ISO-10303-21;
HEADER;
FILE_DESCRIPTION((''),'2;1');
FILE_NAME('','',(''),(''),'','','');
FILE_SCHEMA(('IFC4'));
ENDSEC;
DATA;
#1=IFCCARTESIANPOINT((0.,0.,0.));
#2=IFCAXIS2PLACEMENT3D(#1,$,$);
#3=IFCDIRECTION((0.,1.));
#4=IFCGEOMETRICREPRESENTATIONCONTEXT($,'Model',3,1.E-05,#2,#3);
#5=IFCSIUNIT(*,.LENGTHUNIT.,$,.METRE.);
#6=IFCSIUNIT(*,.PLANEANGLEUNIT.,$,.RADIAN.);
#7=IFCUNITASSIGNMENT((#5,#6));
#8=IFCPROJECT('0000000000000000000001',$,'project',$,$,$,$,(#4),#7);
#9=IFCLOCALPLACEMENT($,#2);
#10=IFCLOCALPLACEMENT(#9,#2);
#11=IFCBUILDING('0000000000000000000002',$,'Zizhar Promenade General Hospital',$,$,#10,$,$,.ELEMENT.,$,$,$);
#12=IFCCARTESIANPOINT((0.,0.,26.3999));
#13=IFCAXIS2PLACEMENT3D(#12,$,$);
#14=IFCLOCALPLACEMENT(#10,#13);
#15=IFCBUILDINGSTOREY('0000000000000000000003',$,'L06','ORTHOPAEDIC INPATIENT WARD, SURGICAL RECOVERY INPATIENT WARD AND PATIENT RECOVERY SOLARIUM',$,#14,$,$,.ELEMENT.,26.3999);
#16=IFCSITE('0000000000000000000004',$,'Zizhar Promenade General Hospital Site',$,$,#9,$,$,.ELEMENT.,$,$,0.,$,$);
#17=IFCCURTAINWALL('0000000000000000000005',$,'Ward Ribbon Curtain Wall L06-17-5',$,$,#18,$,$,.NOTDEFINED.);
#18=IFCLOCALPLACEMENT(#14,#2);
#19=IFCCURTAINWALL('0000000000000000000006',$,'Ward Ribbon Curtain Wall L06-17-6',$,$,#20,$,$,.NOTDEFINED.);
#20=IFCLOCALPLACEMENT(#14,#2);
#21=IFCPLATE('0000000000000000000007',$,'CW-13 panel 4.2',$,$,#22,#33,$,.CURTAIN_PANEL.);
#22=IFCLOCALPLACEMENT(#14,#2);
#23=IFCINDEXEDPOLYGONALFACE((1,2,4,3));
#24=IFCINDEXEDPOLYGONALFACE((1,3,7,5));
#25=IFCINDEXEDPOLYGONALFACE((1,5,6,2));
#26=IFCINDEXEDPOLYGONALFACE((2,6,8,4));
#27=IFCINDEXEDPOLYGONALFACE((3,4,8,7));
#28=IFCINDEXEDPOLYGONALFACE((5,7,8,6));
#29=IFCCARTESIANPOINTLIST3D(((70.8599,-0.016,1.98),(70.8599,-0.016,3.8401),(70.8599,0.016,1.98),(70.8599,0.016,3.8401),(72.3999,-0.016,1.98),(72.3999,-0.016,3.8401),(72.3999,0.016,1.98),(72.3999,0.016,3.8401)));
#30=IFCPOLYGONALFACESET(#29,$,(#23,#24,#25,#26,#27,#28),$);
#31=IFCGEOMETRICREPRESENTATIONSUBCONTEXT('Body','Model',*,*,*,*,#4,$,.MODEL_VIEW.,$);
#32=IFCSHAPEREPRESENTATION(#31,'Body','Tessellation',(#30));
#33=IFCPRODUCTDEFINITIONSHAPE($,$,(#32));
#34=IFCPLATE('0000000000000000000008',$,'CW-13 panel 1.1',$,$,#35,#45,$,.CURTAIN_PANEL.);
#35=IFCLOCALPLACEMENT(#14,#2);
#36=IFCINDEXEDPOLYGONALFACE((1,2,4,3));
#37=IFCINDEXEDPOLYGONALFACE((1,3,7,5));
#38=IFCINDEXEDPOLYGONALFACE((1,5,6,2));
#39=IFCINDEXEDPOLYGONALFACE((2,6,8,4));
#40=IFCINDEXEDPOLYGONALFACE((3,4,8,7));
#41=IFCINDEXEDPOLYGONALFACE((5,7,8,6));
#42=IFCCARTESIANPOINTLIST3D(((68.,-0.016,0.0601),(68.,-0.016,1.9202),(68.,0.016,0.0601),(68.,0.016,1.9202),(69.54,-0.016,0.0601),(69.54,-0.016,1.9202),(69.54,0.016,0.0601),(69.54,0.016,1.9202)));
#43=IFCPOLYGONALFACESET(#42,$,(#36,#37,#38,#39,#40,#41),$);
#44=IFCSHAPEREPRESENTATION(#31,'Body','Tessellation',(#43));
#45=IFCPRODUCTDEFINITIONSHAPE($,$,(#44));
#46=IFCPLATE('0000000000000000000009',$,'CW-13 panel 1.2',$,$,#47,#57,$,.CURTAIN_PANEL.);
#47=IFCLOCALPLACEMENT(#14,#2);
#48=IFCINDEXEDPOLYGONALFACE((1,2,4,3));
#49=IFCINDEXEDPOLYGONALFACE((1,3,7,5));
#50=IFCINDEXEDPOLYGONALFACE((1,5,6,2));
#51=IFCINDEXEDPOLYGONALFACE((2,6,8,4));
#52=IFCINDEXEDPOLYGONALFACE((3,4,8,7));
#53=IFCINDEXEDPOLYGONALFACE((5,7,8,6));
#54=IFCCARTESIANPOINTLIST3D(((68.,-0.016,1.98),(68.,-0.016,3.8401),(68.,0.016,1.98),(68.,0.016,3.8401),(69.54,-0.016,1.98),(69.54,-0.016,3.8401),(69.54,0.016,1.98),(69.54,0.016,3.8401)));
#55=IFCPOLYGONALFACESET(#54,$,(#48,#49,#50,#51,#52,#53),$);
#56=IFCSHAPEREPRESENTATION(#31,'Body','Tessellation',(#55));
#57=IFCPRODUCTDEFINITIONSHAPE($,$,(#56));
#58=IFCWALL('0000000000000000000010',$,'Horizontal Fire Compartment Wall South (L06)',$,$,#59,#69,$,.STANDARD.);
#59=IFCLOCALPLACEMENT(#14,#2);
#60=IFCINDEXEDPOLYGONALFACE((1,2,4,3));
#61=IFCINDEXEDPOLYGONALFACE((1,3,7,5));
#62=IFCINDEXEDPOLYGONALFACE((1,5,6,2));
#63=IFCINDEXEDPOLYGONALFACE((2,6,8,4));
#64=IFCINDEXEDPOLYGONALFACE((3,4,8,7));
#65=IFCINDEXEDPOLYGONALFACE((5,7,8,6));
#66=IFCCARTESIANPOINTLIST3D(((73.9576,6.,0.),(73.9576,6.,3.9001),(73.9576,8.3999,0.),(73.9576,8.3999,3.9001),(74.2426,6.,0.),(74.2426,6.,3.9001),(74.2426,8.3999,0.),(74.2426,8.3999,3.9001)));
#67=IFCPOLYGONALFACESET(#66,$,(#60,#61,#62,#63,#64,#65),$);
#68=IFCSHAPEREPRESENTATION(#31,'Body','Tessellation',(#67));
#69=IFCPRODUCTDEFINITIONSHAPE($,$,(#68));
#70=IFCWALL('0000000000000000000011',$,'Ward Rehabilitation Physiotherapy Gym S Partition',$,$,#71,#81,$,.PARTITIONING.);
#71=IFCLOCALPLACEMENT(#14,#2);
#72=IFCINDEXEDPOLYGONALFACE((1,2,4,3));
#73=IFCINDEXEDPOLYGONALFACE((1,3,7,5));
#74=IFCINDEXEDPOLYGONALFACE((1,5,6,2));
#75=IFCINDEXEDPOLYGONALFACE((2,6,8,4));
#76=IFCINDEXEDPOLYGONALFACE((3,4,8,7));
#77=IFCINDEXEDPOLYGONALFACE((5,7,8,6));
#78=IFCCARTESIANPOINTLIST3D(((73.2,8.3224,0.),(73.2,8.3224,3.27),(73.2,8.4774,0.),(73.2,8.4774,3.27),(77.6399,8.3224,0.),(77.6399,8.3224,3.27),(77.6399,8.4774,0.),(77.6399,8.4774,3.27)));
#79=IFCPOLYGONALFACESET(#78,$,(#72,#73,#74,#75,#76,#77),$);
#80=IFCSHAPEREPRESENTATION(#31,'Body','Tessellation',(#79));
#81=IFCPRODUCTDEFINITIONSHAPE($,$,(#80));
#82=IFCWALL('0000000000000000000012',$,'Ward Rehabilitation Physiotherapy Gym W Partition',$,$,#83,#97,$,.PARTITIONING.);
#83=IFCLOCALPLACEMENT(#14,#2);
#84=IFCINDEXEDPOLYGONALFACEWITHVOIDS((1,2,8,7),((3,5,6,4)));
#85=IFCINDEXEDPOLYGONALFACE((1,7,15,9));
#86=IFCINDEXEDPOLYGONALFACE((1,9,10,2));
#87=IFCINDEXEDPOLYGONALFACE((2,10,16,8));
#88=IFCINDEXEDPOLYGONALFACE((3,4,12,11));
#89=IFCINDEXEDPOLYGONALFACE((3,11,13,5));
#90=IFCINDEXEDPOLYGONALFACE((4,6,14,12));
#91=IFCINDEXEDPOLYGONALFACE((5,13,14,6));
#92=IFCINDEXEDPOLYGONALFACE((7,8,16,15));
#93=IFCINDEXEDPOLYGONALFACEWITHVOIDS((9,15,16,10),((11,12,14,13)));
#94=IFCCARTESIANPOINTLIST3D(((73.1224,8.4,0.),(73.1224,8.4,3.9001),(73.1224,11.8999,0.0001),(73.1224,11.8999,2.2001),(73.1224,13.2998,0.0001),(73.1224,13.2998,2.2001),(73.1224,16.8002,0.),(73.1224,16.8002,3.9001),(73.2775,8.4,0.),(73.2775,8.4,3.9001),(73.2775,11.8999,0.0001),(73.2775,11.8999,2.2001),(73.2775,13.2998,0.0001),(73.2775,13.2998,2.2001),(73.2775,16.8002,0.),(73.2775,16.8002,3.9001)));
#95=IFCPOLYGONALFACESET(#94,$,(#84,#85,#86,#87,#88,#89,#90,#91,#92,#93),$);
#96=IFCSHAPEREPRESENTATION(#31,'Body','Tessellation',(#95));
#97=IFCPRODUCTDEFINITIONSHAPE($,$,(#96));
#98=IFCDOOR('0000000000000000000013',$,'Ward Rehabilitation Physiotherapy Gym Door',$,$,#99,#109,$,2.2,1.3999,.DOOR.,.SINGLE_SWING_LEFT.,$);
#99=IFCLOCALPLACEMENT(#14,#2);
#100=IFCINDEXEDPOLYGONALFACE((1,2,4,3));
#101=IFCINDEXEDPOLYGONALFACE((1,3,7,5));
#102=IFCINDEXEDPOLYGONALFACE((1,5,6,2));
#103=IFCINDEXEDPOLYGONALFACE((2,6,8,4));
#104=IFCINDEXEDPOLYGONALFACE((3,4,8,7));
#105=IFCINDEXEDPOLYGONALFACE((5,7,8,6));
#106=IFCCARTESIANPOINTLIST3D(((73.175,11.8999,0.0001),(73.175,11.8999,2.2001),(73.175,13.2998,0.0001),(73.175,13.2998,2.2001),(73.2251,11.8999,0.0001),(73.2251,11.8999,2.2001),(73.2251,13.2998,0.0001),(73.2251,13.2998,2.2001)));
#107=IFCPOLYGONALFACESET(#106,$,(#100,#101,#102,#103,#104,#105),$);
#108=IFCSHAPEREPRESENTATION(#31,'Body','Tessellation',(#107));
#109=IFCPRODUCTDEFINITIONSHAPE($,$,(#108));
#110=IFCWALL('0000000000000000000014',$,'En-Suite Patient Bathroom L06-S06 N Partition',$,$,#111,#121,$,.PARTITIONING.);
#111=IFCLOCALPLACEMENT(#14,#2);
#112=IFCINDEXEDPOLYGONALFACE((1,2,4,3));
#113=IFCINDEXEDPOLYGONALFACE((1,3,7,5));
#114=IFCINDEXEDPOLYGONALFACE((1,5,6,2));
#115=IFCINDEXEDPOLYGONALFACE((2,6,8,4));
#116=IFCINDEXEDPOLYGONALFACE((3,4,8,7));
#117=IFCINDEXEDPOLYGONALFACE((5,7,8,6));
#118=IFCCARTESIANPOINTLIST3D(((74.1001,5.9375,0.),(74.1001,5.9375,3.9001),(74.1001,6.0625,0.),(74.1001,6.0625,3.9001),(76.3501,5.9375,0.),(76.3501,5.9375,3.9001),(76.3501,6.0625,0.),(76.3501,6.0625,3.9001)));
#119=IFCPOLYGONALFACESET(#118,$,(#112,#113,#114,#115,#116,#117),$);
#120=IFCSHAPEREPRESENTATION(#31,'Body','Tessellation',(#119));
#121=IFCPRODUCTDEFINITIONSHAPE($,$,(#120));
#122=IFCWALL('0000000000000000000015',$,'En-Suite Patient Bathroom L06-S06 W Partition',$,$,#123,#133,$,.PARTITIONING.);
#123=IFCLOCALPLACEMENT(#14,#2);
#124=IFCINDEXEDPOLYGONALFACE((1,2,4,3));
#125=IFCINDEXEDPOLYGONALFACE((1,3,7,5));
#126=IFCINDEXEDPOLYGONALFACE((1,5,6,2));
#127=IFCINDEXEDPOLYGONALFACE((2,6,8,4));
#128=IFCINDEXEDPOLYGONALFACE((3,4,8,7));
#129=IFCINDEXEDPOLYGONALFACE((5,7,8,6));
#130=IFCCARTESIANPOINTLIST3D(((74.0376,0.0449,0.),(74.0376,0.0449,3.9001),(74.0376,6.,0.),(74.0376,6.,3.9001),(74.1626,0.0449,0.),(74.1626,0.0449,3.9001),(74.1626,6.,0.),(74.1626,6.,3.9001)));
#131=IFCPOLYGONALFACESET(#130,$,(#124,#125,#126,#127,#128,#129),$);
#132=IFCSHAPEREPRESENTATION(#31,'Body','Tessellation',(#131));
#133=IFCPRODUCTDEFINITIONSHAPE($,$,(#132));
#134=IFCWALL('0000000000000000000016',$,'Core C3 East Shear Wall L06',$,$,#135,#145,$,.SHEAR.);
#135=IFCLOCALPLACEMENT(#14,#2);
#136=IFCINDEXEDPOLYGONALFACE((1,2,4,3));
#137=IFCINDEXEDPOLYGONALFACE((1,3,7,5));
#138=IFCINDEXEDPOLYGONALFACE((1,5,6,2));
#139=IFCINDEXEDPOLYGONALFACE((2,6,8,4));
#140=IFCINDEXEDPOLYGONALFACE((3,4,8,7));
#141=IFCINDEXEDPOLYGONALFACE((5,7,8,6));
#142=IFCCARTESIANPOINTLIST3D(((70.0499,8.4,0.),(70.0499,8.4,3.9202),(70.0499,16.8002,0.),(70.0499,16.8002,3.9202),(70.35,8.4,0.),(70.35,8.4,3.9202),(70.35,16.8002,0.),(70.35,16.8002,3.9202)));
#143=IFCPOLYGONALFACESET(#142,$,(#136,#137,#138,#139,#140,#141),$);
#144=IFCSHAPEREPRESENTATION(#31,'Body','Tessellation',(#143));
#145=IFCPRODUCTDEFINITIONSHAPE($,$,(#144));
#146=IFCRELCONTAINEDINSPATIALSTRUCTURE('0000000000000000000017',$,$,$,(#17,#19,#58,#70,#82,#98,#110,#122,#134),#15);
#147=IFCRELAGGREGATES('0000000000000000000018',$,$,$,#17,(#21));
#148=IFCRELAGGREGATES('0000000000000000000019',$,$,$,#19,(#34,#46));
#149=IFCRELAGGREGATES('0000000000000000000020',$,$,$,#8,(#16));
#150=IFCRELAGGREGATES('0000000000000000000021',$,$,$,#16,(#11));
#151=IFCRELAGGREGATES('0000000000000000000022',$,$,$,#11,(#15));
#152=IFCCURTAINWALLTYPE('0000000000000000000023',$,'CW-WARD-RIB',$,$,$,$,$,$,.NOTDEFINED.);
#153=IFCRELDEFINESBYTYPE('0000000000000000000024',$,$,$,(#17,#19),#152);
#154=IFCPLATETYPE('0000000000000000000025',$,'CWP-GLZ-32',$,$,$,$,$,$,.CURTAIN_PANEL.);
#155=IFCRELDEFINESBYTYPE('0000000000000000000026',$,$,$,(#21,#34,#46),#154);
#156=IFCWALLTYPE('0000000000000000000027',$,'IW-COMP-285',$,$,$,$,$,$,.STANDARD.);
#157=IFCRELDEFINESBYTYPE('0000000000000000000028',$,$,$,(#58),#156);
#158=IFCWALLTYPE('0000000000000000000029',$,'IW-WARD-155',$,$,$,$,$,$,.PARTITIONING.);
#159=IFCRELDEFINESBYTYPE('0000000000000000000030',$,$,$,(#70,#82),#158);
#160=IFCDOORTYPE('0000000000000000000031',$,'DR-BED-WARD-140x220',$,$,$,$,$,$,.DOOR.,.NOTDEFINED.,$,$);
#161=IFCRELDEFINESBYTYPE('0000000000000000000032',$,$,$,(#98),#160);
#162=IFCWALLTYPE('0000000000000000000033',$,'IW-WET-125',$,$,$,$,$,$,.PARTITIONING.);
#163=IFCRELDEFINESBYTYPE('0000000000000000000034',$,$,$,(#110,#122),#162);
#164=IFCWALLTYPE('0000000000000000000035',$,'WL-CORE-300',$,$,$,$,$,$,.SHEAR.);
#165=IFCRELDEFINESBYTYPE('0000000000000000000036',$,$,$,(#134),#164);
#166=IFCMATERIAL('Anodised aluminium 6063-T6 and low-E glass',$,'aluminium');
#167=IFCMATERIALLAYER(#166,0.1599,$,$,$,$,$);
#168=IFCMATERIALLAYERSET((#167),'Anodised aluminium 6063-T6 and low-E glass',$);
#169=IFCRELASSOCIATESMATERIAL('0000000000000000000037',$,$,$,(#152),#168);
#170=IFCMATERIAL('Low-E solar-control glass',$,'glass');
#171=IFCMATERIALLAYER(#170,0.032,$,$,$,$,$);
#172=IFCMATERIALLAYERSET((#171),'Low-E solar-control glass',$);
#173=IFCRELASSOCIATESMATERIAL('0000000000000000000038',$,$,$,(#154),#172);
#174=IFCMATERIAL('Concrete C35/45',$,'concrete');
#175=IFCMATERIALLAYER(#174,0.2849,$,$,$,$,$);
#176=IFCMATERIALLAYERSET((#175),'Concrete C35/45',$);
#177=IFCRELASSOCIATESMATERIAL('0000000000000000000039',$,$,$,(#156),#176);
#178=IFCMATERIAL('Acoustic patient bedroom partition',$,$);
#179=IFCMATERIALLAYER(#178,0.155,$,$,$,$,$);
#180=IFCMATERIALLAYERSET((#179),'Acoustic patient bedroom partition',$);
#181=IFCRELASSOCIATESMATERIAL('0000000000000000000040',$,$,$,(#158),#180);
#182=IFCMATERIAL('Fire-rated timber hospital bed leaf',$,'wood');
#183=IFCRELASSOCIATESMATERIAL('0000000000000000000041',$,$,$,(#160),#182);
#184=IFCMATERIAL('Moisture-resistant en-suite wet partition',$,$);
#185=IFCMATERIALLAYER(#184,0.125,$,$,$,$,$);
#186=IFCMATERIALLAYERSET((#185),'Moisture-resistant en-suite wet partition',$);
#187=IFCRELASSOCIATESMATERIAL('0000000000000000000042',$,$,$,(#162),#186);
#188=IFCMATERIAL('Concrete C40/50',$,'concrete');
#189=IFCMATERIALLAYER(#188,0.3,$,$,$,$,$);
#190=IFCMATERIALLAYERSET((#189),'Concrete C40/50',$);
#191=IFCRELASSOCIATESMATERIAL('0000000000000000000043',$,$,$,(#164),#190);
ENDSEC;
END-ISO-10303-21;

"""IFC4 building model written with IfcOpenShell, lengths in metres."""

from ifc_helpers import new_model, si_unit, direction, frame, frame_2d, origin, origin_2d, place, context, subcontext, project, spatial, rectangle, extrude, material, layer, layer_set, type_object, element, fill, aggregate, save


model = new_model("IFC4")

# Units and contexts
model_context = context("Model", 3, precision=1e-05, world=origin(), true_north=direction((0.0, 1.0)))
body_context = subcontext(model_context, "Body", "Model", "MODEL_VIEW")
ifc_project = project(units=[si_unit("LENGTHUNIT", "METRE"), si_unit("PLANEANGLEUNIT", "RADIAN")], contexts=[model_context])

# Site, building, storey
site_placement = place(None, origin())
site = spatial("IfcSite", under=ifc_project, at=site_placement, Name="Zizhar Promenade General Hospital Site", CompositionType="ELEMENT", RefElevation=0.0)
building_placement = place(site_placement, origin())
building = spatial("IfcBuilding", under=site, at=building_placement, Name="Zizhar Promenade General Hospital", CompositionType="ELEMENT")
storey_placement = place(building_placement, frame((0.0, 0.0, 26.3999)))
storey = spatial("IfcBuildingStorey", under=building, at=storey_placement, Name="L06", Description="ORTHOPAEDIC INPATIENT WARD, SURGICAL RECOVERY INPATIENT WARD AND PATIENT RECOVERY SOLARIUM", CompositionType="ELEMENT", Elevation=26.3999)

# Curtain wall
ifc_material_1 = material(Name="Anodised aluminium 6063-T6 and low-E glass", Category="aluminium")
ifc_layer_1 = layer(ifc_material_1, 0.1599)
ifc_layer_set_1 = layer_set([ifc_layer_1], Name="Anodised aluminium 6063-T6 and low-E glass")
curtain_wall_type = type_object("IfcCurtainWallType", Name="CW-WARD-RIB", PredefinedType="NOTDEFINED", material=ifc_layer_set_1)
curtain_wall_1_placement = place(storey_placement, origin())
curtain_wall_1 = element("IfcCurtainWall", 1, at=curtain_wall_1_placement, inside=storey, type_object=curtain_wall_type, Name="Ward Ribbon Curtain Wall L06-17-5", PredefinedType="NOTDEFINED")

# Curtain wall
curtain_wall_2_placement = place(storey_placement, origin())
curtain_wall_2 = element("IfcCurtainWall", 2, at=curtain_wall_2_placement, inside=storey, type_object=curtain_wall_type, Name="Ward Ribbon Curtain Wall L06-17-6", PredefinedType="NOTDEFINED")

# Plates
ifc_material_2 = material(Name="Low-E solar-control glass", Category="glass")
ifc_layer_2 = layer(ifc_material_2, 0.032)
ifc_layer_set_2 = layer_set([ifc_layer_2], Name="Low-E solar-control glass")
plate_type = type_object("IfcPlateType", Name="CWP-GLZ-32", PredefinedType="CURTAIN_PANEL", material=ifc_layer_set_2)
plate_1_placement = place(storey_placement, frame((71.6299, 0.0, 1.98), z_axis=(0.0, 0.0, 1.0), x_axis=(-1.0, 0.0, 0.0)))
plate_1 = element("IfcPlate", 3, at=plate_1_placement, type_object=plate_type, Name="CW-13 panel 4.2", PredefinedType="CURTAIN_PANEL", context=body_context, shape_type="SweptSolid", body=[
    extrude(rectangle(XDim=1.54, YDim=0.032, at=origin_2d()), origin(), (0.0, 0.0, 1.0), 1.8601),
])
aggregate(curtain_wall_1, [plate_1])
plate_2_placement = place(storey_placement, frame((68.77, 0.0, 0.0601), z_axis=(0.0, 0.0, 1.0), x_axis=(-1.0, 0.0, 0.0)))
plate_2 = element("IfcPlate", 4, at=plate_2_placement, type_object=plate_type, Name="CW-13 panel 1.1", PredefinedType="CURTAIN_PANEL", context=body_context, shape_type="SweptSolid", body=[
    extrude(rectangle(XDim=1.54, YDim=0.032, at=origin_2d()), origin(), (0.0, 0.0, 1.0), 1.8601),
])
plate_3_placement = place(storey_placement, frame((68.77, 0.0, 1.98), z_axis=(0.0, 0.0, 1.0), x_axis=(-1.0, 0.0, 0.0)))
plate_3 = element("IfcPlate", 5, at=plate_3_placement, type_object=plate_type, Name="CW-13 panel 1.2", PredefinedType="CURTAIN_PANEL", context=body_context, shape_type="SweptSolid", body=[
    extrude(rectangle(XDim=1.54, YDim=0.032, at=origin_2d()), origin(), (0.0, 0.0, 1.0), 1.8601),
])
aggregate(curtain_wall_2, [plate_2, plate_3])

# Walls
ifc_material_3 = material(Name="Concrete C35/45", Category="concrete")
ifc_layer_3 = layer(ifc_material_3, 0.2849)
ifc_layer_set_3 = layer_set([ifc_layer_3], Name="Concrete C35/45")
wall_type_1 = type_object("IfcWallType", Name="IW-COMP-285", PredefinedType="STANDARD", material=ifc_layer_set_3)
wall_1_placement = place(storey_placement, frame((74.1001, 6.0, 0.0), z_axis=(0.0, 0.0, 1.0), x_axis=(0.0, 1.0, 0.0)))
element("IfcWall", 6, at=wall_1_placement, inside=storey, type_object=wall_type_1, Name="Horizontal Fire Compartment Wall South (L06)", PredefinedType="STANDARD", context=body_context, shape_type="SweptSolid", body=[
    extrude(rectangle(XDim=2.3999, YDim=0.2849, at=frame_2d((1.2, 0.0))), origin(), (0.0, 0.0, 1.0), 3.9001),
])
ifc_material_4 = material(Name="Acoustic patient bedroom partition")
ifc_layer_4 = layer(ifc_material_4, 0.155)
ifc_layer_set_4 = layer_set([ifc_layer_4], Name="Acoustic patient bedroom partition")
wall_type_2 = type_object("IfcWallType", Name="IW-WARD-155", PredefinedType="PARTITIONING", material=ifc_layer_set_4)
wall_2_placement = place(storey_placement, frame((73.2, 8.3999, 0.0), z_axis=(0.0, 0.0, 1.0), x_axis=(1.0, 0.0, 0.0)))
element("IfcWall", 7, at=wall_2_placement, inside=storey, type_object=wall_type_2, Name="Ward Rehabilitation Physiotherapy Gym S Partition", PredefinedType="PARTITIONING", context=body_context, shape_type="SweptSolid", body=[
    extrude(rectangle(XDim=4.4399, YDim=0.155, at=frame_2d((2.22, 0.0))), origin(), (0.0, 0.0, 1.0), 3.27),
])

# Wall, opening, door
wall_3_placement = place(storey_placement, frame((73.2, 8.3999, 0.0), z_axis=(0.0, 0.0, 1.0), x_axis=(0.0, 1.0, 0.0)))
wall_3 = element("IfcWall", 8, at=wall_3_placement, inside=storey, type_object=wall_type_2, Name="Ward Rehabilitation Physiotherapy Gym W Partition", PredefinedType="PARTITIONING", context=body_context, shape_type="SweptSolid", body=[
    extrude(rectangle(XDim=8.4001, YDim=0.155, at=frame_2d((4.2002, 0.0))), origin(), (0.0, 0.0, 1.0), 3.9001),
])
opening_placement = place(wall_3_placement, frame((3.5, 0.0, 0.0)))
opening = element("IfcOpeningElement", 9, at=opening_placement, cuts=wall_3, PredefinedType="OPENING", context=body_context, shape_type="SweptSolid", body=[
    extrude(rectangle(XDim=1.3999, YDim=2.2, at=frame_2d((0.7, 1.1001))), frame((0.0, 0.0874, 0.0), z_axis=(0.0, -1.0, 0.0), x_axis=(1.0, 0.0, 0.0)), (0.0, 0.0, 1.0), 0.175),
])
ifc_material_5 = material(Name="Fire-rated timber hospital bed leaf", Category="wood")
door_type = type_object("IfcDoorType", Name="DR-BED-WARD-140x220", OperationType="NOTDEFINED", PredefinedType="DOOR", material=ifc_material_5)
door_placement = place(opening_placement, origin())
door = element("IfcDoor", 10, at=door_placement, inside=storey, type_object=door_type, Name="Ward Rehabilitation Physiotherapy Gym Door", OperationType="SINGLE_SWING_LEFT", OverallHeight=2.2, OverallWidth=1.3999, PredefinedType="DOOR", context=body_context, shape_type="SweptSolid", body=[
    extrude(rectangle(XDim=1.3999, YDim=2.2, at=frame_2d((0.7, 1.1001))), frame((0.0, 0.0249, 0.0), z_axis=(0.0, -1.0, 0.0), x_axis=(1.0, 0.0, 0.0)), (0.0, 0.0, 1.0), 0.05),
])
fill(opening, door)

# Walls
ifc_material_6 = material(Name="Moisture-resistant en-suite wet partition")
ifc_layer_5 = layer(ifc_material_6, 0.125)
ifc_layer_set_5 = layer_set([ifc_layer_5], Name="Moisture-resistant en-suite wet partition")
wall_type_3 = type_object("IfcWallType", Name="IW-WET-125", PredefinedType="PARTITIONING", material=ifc_layer_set_5)
wall_4_placement = place(storey_placement, frame((74.1001, 6.0, 0.0), z_axis=(0.0, 0.0, 1.0), x_axis=(1.0, 0.0, 0.0)))
element("IfcWall", 11, at=wall_4_placement, inside=storey, type_object=wall_type_3, Name="En-Suite Patient Bathroom L06-S06 N Partition", PredefinedType="PARTITIONING", context=body_context, shape_type="SweptSolid", body=[
    extrude(rectangle(XDim=2.25, YDim=0.125, at=frame_2d((1.125, 0.0))), origin(), (0.0, 0.0, 1.0), 3.9001),
])
wall_5_placement = place(storey_placement, frame((74.1001, 0.0449, 0.0), z_axis=(0.0, 0.0, 1.0), x_axis=(0.0, 1.0, 0.0)))
element("IfcWall", 12, at=wall_5_placement, inside=storey, type_object=wall_type_3, Name="En-Suite Patient Bathroom L06-S06 W Partition", PredefinedType="PARTITIONING", context=body_context, shape_type="SweptSolid", body=[
    extrude(rectangle(XDim=5.9551, YDim=0.125, at=frame_2d((2.9775, 0.0))), origin(), (0.0, 0.0, 1.0), 3.9001),
])
ifc_material_7 = material(Name="Concrete C40/50", Category="concrete")
ifc_layer_6 = layer(ifc_material_7, 0.3)
ifc_layer_set_6 = layer_set([ifc_layer_6], Name="Concrete C40/50")
wall_type_4 = type_object("IfcWallType", Name="WL-CORE-300", PredefinedType="SHEAR", material=ifc_layer_set_6)
wall_6_placement = place(storey_placement, frame((70.2, 8.3999, 0.0), z_axis=(0.0, 0.0, 1.0), x_axis=(0.0, 1.0, 0.0)))
element("IfcWall", 13, at=wall_6_placement, inside=storey, type_object=wall_type_4, Name="Core C3 East Shear Wall L06", PredefinedType="SHEAR", context=body_context, shape_type="SweptSolid", body=[
    extrude(rectangle(XDim=8.4001, YDim=0.3, at=frame_2d((4.2002, 0.0))), origin(), (0.0, 0.0, 1.0), 3.9202),
])

save(model, "model.ifc")
